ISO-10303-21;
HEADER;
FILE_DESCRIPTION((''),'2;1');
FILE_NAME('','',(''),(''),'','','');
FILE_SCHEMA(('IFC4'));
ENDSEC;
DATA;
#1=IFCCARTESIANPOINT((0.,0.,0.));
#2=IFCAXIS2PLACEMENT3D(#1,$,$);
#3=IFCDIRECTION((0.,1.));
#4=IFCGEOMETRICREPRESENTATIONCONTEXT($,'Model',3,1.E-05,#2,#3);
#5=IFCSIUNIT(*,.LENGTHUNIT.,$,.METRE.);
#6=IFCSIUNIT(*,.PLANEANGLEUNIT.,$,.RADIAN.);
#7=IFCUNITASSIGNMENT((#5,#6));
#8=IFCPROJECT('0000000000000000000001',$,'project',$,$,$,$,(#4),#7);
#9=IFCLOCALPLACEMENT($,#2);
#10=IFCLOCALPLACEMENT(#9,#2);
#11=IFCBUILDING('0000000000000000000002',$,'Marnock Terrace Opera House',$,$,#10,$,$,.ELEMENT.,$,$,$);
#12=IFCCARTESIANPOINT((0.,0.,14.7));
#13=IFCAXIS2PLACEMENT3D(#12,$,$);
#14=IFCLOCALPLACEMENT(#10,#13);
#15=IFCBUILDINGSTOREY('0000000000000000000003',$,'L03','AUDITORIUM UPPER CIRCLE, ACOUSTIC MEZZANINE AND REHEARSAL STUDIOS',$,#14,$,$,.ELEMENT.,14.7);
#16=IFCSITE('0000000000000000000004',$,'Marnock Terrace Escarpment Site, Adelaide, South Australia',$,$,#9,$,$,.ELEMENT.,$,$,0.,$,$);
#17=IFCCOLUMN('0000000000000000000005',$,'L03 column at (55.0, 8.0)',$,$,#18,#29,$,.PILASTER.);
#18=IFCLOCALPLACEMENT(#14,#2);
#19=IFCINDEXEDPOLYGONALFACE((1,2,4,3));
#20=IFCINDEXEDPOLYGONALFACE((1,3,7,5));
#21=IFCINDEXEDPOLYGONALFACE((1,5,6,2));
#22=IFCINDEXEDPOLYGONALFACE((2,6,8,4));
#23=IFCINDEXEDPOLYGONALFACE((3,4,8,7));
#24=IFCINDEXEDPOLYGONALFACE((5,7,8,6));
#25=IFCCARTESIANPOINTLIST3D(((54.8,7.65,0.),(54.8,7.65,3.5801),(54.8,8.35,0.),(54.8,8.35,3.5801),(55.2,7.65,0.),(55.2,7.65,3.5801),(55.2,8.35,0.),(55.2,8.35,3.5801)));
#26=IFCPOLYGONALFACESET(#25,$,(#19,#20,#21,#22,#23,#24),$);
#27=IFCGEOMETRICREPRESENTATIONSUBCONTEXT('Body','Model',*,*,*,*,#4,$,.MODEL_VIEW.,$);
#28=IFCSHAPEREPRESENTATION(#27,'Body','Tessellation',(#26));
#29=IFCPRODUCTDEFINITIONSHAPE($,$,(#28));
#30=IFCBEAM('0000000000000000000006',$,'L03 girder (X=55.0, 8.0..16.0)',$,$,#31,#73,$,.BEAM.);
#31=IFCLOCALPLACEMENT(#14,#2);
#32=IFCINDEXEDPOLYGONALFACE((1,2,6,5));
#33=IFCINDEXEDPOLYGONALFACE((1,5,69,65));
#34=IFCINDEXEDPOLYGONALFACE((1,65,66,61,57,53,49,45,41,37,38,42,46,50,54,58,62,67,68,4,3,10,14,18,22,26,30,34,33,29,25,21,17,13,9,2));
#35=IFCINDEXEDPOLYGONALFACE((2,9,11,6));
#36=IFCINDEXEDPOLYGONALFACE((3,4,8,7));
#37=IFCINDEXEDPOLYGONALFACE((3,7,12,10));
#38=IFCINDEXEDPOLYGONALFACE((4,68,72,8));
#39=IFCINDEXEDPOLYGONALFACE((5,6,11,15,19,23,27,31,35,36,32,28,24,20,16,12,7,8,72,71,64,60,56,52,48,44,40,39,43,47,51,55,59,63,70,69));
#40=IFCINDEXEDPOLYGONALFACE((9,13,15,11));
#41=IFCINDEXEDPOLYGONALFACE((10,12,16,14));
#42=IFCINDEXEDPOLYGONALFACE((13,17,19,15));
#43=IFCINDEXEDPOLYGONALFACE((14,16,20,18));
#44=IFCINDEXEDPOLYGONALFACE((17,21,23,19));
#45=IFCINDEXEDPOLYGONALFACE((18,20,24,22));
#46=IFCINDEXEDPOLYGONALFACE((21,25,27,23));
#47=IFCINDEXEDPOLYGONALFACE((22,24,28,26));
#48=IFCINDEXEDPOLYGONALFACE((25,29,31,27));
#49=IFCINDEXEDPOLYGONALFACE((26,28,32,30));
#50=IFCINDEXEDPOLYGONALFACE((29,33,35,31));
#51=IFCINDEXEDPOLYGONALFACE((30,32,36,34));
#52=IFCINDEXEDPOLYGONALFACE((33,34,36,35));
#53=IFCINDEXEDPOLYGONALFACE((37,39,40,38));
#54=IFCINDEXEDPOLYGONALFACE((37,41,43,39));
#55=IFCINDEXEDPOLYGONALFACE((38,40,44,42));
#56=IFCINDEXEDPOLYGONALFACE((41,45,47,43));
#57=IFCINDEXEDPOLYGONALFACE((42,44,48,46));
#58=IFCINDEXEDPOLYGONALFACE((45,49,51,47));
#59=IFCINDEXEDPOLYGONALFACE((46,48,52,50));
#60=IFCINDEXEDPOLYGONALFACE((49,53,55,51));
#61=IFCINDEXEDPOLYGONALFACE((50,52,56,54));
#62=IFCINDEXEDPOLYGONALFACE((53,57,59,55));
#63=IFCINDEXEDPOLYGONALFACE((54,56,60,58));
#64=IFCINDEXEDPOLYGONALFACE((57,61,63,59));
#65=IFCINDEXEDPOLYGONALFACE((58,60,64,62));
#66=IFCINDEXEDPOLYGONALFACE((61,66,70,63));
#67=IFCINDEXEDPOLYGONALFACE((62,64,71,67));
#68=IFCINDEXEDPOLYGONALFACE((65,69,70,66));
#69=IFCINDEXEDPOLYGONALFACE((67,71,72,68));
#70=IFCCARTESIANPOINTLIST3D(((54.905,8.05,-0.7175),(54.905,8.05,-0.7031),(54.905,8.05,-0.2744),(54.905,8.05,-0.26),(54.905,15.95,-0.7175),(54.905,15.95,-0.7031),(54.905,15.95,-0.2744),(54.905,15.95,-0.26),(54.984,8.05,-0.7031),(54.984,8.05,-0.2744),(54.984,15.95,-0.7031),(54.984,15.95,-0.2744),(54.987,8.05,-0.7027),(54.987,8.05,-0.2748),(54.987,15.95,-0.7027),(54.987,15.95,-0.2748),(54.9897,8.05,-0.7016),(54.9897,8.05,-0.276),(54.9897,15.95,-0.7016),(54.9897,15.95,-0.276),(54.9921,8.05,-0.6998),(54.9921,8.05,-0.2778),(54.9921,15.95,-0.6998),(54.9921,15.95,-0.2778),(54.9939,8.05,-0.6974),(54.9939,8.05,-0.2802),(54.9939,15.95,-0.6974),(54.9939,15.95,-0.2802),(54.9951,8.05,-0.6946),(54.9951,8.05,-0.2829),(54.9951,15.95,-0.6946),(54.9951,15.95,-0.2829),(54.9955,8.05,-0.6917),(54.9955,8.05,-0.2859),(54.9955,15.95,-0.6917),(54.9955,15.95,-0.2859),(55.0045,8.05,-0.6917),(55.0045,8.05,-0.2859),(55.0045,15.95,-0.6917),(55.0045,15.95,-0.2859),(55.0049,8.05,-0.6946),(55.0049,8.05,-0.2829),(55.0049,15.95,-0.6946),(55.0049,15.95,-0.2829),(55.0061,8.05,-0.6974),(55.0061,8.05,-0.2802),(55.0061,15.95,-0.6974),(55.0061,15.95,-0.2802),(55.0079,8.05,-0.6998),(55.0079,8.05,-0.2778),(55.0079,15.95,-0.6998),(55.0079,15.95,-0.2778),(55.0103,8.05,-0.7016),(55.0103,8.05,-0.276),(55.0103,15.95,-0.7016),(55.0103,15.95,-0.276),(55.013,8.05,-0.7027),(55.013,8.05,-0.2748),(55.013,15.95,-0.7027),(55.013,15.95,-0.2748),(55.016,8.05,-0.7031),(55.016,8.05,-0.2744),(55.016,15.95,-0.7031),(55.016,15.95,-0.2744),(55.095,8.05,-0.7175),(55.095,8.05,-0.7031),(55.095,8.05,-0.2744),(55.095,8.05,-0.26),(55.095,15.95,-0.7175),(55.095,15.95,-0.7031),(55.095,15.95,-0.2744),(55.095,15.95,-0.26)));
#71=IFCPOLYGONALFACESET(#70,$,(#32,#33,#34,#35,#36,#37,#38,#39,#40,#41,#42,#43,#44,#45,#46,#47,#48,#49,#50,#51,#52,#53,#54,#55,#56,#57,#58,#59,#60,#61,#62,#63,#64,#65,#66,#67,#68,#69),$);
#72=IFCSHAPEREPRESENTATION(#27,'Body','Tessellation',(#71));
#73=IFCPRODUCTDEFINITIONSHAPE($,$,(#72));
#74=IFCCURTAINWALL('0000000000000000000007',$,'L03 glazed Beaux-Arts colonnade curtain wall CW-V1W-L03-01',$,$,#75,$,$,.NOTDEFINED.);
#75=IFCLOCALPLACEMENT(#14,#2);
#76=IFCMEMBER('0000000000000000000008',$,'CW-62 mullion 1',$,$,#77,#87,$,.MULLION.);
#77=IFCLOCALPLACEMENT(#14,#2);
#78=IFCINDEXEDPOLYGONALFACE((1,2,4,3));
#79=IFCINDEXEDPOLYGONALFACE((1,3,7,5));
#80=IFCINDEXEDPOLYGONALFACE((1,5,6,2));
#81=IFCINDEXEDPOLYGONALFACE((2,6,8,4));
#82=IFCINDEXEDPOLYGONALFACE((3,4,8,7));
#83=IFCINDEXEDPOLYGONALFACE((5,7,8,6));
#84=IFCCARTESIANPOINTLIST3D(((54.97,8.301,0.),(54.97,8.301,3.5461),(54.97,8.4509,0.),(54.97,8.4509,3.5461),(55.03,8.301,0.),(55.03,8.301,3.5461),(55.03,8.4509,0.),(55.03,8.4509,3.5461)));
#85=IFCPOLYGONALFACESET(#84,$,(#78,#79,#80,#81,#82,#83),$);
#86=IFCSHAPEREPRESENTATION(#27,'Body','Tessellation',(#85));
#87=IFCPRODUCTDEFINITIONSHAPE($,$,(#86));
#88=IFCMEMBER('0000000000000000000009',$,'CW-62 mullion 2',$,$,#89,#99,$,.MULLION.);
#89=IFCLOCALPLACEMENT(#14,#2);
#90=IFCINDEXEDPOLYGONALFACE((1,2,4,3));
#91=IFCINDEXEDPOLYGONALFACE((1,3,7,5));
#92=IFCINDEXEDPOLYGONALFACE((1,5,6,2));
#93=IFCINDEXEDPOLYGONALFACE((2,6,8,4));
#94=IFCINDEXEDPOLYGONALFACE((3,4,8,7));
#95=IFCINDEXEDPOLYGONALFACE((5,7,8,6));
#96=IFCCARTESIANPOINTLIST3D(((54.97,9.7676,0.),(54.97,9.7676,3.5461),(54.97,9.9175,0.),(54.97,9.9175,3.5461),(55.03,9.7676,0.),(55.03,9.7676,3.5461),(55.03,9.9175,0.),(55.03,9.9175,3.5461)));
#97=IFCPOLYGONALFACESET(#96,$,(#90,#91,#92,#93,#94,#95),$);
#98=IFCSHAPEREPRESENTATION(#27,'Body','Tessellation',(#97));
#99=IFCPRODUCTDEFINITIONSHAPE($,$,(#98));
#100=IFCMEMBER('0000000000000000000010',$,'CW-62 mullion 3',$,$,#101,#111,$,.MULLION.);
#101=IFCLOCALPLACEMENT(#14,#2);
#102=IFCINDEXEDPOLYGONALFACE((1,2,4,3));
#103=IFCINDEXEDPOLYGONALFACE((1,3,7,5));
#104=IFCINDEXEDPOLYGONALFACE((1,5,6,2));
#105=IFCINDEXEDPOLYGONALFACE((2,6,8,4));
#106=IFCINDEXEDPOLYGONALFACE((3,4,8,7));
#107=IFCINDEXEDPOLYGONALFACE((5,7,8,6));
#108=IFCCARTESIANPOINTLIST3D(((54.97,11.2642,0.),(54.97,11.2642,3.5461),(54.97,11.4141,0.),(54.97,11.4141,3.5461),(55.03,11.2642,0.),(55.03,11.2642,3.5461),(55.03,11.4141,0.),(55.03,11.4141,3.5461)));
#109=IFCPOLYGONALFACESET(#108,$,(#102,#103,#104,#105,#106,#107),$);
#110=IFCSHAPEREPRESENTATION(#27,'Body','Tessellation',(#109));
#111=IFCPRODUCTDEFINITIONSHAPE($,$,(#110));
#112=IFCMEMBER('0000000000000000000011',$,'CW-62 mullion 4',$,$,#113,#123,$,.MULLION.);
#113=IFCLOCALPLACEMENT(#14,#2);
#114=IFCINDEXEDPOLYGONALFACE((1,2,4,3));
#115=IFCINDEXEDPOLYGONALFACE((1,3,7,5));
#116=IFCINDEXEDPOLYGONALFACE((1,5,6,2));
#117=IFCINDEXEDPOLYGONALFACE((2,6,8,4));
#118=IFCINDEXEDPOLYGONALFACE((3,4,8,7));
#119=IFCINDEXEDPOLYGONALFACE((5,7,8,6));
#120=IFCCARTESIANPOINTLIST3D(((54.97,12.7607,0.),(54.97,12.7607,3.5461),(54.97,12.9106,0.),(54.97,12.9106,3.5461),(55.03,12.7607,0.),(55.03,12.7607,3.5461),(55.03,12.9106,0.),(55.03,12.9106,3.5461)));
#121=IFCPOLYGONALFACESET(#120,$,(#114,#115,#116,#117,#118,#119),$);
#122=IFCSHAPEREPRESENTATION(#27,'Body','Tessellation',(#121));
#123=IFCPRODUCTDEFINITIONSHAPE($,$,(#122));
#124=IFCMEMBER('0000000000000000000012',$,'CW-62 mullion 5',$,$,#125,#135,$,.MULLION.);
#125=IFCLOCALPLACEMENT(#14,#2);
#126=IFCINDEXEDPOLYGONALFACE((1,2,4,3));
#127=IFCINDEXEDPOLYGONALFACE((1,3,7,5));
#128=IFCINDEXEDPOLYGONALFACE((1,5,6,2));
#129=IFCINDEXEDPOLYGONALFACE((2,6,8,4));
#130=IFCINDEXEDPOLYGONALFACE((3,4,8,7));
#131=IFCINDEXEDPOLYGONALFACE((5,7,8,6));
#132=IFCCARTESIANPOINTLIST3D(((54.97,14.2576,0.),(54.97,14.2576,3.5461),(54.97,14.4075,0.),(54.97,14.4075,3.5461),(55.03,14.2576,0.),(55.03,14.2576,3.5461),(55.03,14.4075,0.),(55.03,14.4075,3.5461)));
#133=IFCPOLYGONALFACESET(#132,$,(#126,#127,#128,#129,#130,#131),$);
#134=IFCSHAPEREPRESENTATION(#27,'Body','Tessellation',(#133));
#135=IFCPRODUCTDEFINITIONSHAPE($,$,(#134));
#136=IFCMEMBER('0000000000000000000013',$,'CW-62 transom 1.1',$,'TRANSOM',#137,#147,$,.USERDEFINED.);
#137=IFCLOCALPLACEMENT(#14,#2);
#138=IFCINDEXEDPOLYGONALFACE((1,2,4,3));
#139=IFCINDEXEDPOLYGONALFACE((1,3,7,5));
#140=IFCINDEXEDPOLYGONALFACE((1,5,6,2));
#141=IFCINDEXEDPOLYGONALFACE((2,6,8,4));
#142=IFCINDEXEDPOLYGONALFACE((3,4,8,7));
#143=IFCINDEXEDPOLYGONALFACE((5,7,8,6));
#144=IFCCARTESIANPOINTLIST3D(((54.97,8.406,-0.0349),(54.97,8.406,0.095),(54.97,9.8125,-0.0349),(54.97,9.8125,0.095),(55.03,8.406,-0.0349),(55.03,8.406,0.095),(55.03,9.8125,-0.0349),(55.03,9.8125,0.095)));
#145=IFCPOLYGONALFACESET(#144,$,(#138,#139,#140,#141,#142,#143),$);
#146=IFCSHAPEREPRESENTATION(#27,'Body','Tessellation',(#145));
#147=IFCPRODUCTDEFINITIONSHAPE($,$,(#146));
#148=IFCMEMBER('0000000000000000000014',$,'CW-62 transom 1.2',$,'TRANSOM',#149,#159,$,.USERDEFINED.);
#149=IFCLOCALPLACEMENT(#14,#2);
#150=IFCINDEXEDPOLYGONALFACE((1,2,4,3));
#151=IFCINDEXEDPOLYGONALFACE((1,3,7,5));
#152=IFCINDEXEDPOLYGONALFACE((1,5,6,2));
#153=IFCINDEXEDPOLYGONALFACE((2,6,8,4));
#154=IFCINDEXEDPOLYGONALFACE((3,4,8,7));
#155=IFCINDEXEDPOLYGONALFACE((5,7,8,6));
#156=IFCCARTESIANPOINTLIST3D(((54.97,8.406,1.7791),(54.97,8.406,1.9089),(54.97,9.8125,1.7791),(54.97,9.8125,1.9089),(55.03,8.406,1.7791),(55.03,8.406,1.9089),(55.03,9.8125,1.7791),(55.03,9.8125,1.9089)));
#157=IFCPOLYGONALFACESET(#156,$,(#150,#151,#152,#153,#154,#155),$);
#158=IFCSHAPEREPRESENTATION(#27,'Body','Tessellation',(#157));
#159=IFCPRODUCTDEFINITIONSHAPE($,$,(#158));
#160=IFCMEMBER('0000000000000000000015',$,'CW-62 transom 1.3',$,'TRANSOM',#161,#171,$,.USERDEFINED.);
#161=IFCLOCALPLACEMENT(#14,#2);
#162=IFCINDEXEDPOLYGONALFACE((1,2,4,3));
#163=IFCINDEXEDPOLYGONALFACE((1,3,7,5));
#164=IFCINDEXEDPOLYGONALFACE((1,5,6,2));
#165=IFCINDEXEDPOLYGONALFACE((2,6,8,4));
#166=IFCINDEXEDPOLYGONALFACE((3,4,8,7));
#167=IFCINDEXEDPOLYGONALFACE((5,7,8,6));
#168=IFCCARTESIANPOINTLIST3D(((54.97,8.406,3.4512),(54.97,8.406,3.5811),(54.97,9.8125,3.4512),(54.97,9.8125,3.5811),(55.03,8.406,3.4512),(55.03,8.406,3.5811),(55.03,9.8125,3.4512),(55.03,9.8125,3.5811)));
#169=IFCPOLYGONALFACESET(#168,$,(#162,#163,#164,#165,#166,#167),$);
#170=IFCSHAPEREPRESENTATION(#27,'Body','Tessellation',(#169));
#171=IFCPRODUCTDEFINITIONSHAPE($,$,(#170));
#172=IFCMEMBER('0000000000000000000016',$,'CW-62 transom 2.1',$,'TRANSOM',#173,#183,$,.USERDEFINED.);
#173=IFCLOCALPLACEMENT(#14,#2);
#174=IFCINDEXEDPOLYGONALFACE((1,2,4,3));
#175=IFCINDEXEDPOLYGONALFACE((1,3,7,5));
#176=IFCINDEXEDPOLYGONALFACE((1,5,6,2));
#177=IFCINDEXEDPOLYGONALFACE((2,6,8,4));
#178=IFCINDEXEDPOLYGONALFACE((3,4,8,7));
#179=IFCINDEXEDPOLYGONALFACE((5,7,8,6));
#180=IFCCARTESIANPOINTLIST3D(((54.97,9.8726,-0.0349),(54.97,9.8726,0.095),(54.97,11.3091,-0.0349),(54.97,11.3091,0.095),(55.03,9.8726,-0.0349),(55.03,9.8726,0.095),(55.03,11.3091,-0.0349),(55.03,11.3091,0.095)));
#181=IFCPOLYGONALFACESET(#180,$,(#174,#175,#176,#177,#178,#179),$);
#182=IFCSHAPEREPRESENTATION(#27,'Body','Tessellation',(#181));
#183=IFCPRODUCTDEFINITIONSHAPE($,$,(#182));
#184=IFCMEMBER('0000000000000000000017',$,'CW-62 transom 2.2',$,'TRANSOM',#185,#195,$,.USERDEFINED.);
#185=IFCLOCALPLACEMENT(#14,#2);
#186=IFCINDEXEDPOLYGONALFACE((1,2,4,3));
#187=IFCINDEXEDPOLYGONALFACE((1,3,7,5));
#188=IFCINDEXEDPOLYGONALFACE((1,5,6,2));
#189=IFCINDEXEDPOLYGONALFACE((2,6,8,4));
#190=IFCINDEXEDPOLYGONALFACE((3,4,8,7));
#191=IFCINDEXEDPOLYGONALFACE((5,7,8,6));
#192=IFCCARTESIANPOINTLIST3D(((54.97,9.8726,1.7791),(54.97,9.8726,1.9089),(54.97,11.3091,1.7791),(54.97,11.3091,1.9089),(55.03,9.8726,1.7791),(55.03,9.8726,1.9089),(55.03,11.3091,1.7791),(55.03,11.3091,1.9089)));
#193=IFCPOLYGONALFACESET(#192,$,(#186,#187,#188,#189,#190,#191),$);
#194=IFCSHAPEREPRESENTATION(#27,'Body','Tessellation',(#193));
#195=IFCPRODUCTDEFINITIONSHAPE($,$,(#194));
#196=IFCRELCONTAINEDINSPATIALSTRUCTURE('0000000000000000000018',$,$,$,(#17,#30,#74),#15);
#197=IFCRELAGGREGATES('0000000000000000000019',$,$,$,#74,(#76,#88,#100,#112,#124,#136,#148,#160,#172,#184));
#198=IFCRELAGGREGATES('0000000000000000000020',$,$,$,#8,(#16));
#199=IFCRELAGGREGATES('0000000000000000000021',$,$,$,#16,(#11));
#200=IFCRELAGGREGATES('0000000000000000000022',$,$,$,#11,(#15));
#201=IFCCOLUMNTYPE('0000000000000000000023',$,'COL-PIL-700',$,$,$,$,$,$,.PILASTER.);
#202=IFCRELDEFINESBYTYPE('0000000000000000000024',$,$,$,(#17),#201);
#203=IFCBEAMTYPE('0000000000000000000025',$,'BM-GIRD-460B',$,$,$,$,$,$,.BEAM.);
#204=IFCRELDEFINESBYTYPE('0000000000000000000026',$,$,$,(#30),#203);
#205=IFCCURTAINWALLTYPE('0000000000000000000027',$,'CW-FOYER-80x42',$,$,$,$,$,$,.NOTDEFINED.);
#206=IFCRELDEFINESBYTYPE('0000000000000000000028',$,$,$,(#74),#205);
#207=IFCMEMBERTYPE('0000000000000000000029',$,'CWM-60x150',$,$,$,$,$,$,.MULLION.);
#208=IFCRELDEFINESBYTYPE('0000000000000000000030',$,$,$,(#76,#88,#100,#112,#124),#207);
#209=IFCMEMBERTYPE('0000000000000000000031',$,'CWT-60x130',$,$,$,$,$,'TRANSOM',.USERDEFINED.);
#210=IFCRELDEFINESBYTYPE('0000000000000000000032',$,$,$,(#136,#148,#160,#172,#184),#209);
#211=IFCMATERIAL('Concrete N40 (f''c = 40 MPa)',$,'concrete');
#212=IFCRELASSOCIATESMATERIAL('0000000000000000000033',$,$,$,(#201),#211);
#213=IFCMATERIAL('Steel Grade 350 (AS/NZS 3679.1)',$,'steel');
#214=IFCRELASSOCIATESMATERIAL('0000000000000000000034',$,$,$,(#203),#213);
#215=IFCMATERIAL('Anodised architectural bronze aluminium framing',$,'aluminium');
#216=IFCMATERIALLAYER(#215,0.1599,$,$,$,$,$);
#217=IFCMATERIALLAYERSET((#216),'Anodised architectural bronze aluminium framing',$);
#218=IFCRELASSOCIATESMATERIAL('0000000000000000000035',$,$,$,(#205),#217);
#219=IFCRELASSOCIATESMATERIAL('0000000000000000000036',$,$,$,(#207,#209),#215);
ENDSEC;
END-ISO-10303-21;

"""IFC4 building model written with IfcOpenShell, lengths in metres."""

from ifc_helpers import new_model, si_unit, direction, frame, origin, origin_2d, place, context, subcontext, project, spatial, rectangle, i_section, extrude, material, layer, layer_set, material_profile, profile_set, type_object, element, aggregate, save


model = new_model("IFC4")

# Units and contexts
model_context = context("Model", 3, precision=1e-05, world=origin(), true_north=direction((0.0, 1.0)))
body_context = subcontext(model_context, "Body", "Model", "MODEL_VIEW")
ifc_project = project(units=[si_unit("LENGTHUNIT", "METRE"), si_unit("PLANEANGLEUNIT", "RADIAN")], contexts=[model_context])

# Site, building, storey
site_placement = place(None, origin())
site = spatial("IfcSite", under=ifc_project, at=site_placement, Name="Marnock Terrace Escarpment Site, Adelaide, South Australia", CompositionType="ELEMENT", RefElevation=0.0)
building_placement = place(site_placement, origin())
building = spatial("IfcBuilding", under=site, at=building_placement, Name="Marnock Terrace Opera House", CompositionType="ELEMENT")
storey_placement = place(building_placement, frame((0.0, 0.0, 14.7)))
storey = spatial("IfcBuildingStorey", under=building, at=storey_placement, Name="L03", Description="AUDITORIUM UPPER CIRCLE, ACOUSTIC MEZZANINE AND REHEARSAL STUDIOS", CompositionType="ELEMENT", Elevation=14.7)

# Column
ifc_material_1 = material(Name="Concrete N40 (f'c = 40 MPa)", Category="concrete")
ifc_material_profile_1 = material_profile(ifc_material_1, rectangle(XDim=0.3999, YDim=0.7, at=origin_2d()))
ifc_profile_set_1 = profile_set([ifc_material_profile_1], Name="Concrete N40 (f'c = 40 MPa)")
column_type = type_object("IfcColumnType", Name="COL-PIL-700", PredefinedType="PILASTER", material=ifc_profile_set_1)
column_placement = place(storey_placement, frame((55.0, 8.0, 0.0), z_axis=(0.0, 0.0, 1.0), x_axis=(1.0, 0.0, 0.0)))
element("IfcColumn", 1, at=column_placement, inside=storey, type_object=column_type, Name="L03 column at (55.0, 8.0)", PredefinedType="PILASTER", context=body_context, shape_type="SweptSolid", body=[
    extrude(rectangle(XDim=0.3999, YDim=0.7, at=origin_2d()), origin(), (0.0, 0.0, 1.0), 3.5801),
])

# Beam
ifc_material_2 = material(Name="Steel Grade 350 (AS/NZS 3679.1)", Category="steel")
ifc_material_profile_2 = material_profile(ifc_material_2, i_section(OverallWidth=0.1899, OverallDepth=0.4575, WebThickness=0.009, FlangeThickness=0.0144, FilletRadius=0.0115, at=origin_2d()))
ifc_profile_set_2 = profile_set([ifc_material_profile_2], Name="Steel Grade 350 (AS/NZS 3679.1)")
beam_type = type_object("IfcBeamType", Name="BM-GIRD-460B", PredefinedType="BEAM", material=ifc_profile_set_2)
beam_placement = place(storey_placement, frame((55.0, 8.05, -0.4888), z_axis=(0.0, 1.0, 0.0), x_axis=(-1.0, 0.0, 0.0)))
element("IfcBeam", 2, at=beam_placement, inside=storey, type_object=beam_type, Name="L03 girder (X=55.0, 8.0..16.0)", PredefinedType="BEAM", context=body_context, shape_type="SweptSolid", body=[
    extrude(i_section(OverallWidth=0.1899, OverallDepth=0.4575, WebThickness=0.009, FlangeThickness=0.0144, FilletRadius=0.0115, at=origin_2d()), origin(), (0.0, 0.0, 1.0), 7.8999),
])

# Curtain wall, members
ifc_material_3 = material(Name="Anodised architectural bronze aluminium framing", Category="aluminium")
ifc_layer_1 = layer(ifc_material_3, 0.1599)
ifc_layer_set_1 = layer_set([ifc_layer_1], Name="Anodised architectural bronze aluminium framing")
curtain_wall_type = type_object("IfcCurtainWallType", Name="CW-FOYER-80x42", PredefinedType="NOTDEFINED", material=ifc_layer_set_1)
curtain_wall_placement = place(storey_placement, origin())
curtain_wall = element("IfcCurtainWall", 3, at=curtain_wall_placement, inside=storey, type_object=curtain_wall_type, Name="L03 glazed Beaux-Arts colonnade curtain wall CW-V1W-L03-01", PredefinedType="NOTDEFINED")
ifc_material_profile_3 = material_profile(ifc_material_3, rectangle(XDim=0.0601, YDim=0.1499, at=origin_2d()))
ifc_profile_set_3 = profile_set([ifc_material_profile_3], Name="Anodised architectural bronze aluminium framing")
member_type_1 = type_object("IfcMemberType", Name="CWM-60x150", PredefinedType="MULLION", material=ifc_profile_set_3)
member_1_placement = place(storey_placement, frame((55.0, 8.376, 0.0), z_axis=(0.0, 0.0, 1.0), x_axis=(-1.0, 0.0, 0.0)))
member_1 = element("IfcMember", 4, at=member_1_placement, type_object=member_type_1, Name="CW-62 mullion 1", PredefinedType="MULLION", context=body_context, shape_type="SweptSolid", body=[
    extrude(rectangle(XDim=0.0601, YDim=0.1499, at=origin_2d()), origin(), (0.0, 0.0, 1.0), 3.5461),
])
member_2_placement = place(storey_placement, frame((55.0, 9.8425, 0.0), z_axis=(0.0, 0.0, 1.0), x_axis=(-1.0, 0.0, 0.0)))
member_2 = element("IfcMember", 5, at=member_2_placement, type_object=member_type_1, Name="CW-62 mullion 2", PredefinedType="MULLION", context=body_context, shape_type="SweptSolid", body=[
    extrude(rectangle(XDim=0.0601, YDim=0.1499, at=origin_2d()), origin(), (0.0, 0.0, 1.0), 3.5461),
])
member_3_placement = place(storey_placement, frame((55.0, 11.3391, 0.0), z_axis=(0.0, 0.0, 1.0), x_axis=(-1.0, 0.0, 0.0)))
member_3 = element("IfcMember", 6, at=member_3_placement, type_object=member_type_1, Name="CW-62 mullion 3", PredefinedType="MULLION", context=body_context, shape_type="SweptSolid", body=[
    extrude(rectangle(XDim=0.0601, YDim=0.1499, at=origin_2d()), origin(), (0.0, 0.0, 1.0), 3.5461),
])
member_4_placement = place(storey_placement, frame((55.0, 12.8357, 0.0), z_axis=(0.0, 0.0, 1.0), x_axis=(-1.0, 0.0, 0.0)))
member_4 = element("IfcMember", 7, at=member_4_placement, type_object=member_type_1, Name="CW-62 mullion 4", PredefinedType="MULLION", context=body_context, shape_type="SweptSolid", body=[
    extrude(rectangle(XDim=0.0601, YDim=0.1499, at=origin_2d()), origin(), (0.0, 0.0, 1.0), 3.5461),
])
member_5_placement = place(storey_placement, frame((55.0, 14.3325, 0.0), z_axis=(0.0, 0.0, 1.0), x_axis=(-1.0, 0.0, 0.0)))
member_5 = element("IfcMember", 8, at=member_5_placement, type_object=member_type_1, Name="CW-62 mullion 5", PredefinedType="MULLION", context=body_context, shape_type="SweptSolid", body=[
    extrude(rectangle(XDim=0.0601, YDim=0.1499, at=origin_2d()), origin(), (0.0, 0.0, 1.0), 3.5461),
])
ifc_material_profile_4 = material_profile(ifc_material_3, rectangle(XDim=0.0601, YDim=0.1299, at=origin_2d()))
ifc_profile_set_4 = profile_set([ifc_material_profile_4], Name="Anodised architectural bronze aluminium framing")
member_type_2 = type_object("IfcMemberType", Name="CWT-60x130", ElementType="TRANSOM", PredefinedType="USERDEFINED", material=ifc_profile_set_4)
member_6_placement = place(storey_placement, frame((55.0, 8.406, 0.03), z_axis=(0.0, 1.0, 0.0), x_axis=(-1.0, 0.0, 0.0)))
member_6 = element("IfcMember", 9, at=member_6_placement, type_object=member_type_2, Name="CW-62 transom 1.1", ObjectType="TRANSOM", PredefinedType="USERDEFINED", context=body_context, shape_type="SweptSolid", body=[
    extrude(rectangle(XDim=0.0601, YDim=0.1299, at=origin_2d()), origin(), (0.0, 0.0, 1.0), 1.4065),
])
member_7_placement = place(storey_placement, frame((55.0, 8.406, 1.844), z_axis=(0.0, 1.0, 0.0), x_axis=(-1.0, 0.0, 0.0)))
member_7 = element("IfcMember", 10, at=member_7_placement, type_object=member_type_2, Name="CW-62 transom 1.2", ObjectType="TRANSOM", PredefinedType="USERDEFINED", context=body_context, shape_type="SweptSolid", body=[
    extrude(rectangle(XDim=0.0601, YDim=0.1299, at=origin_2d()), origin(), (0.0, 0.0, 1.0), 1.4065),
])
member_8_placement = place(storey_placement, frame((55.0, 8.406, 3.5161), z_axis=(0.0, 1.0, 0.0), x_axis=(-1.0, 0.0, 0.0)))
member_8 = element("IfcMember", 11, at=member_8_placement, type_object=member_type_2, Name="CW-62 transom 1.3", ObjectType="TRANSOM", PredefinedType="USERDEFINED", context=body_context, shape_type="SweptSolid", body=[
    extrude(rectangle(XDim=0.0601, YDim=0.1299, at=origin_2d()), origin(), (0.0, 0.0, 1.0), 1.4065),
])
member_9_placement = place(storey_placement, frame((55.0, 9.8726, 0.03), z_axis=(0.0, 1.0, 0.0), x_axis=(-1.0, 0.0, 0.0)))
member_9 = element("IfcMember", 12, at=member_9_placement, type_object=member_type_2, Name="CW-62 transom 2.1", ObjectType="TRANSOM", PredefinedType="USERDEFINED", context=body_context, shape_type="SweptSolid", body=[
    extrude(rectangle(XDim=0.0601, YDim=0.1299, at=origin_2d()), origin(), (0.0, 0.0, 1.0), 1.4365),
])
member_10_placement = place(storey_placement, frame((55.0, 9.8726, 1.844), z_axis=(0.0, 1.0, 0.0), x_axis=(-1.0, 0.0, 0.0)))
member_10 = element("IfcMember", 13, at=member_10_placement, type_object=member_type_2, Name="CW-62 transom 2.2", ObjectType="TRANSOM", PredefinedType="USERDEFINED", context=body_context, shape_type="SweptSolid", body=[
    extrude(rectangle(XDim=0.0601, YDim=0.1299, at=origin_2d()), origin(), (0.0, 0.0, 1.0), 1.4365),
])
aggregate(curtain_wall, [member_1, member_2, member_3, member_4, member_5, member_6, member_7, member_8, member_9, member_10])

save(model, "model.ifc")
